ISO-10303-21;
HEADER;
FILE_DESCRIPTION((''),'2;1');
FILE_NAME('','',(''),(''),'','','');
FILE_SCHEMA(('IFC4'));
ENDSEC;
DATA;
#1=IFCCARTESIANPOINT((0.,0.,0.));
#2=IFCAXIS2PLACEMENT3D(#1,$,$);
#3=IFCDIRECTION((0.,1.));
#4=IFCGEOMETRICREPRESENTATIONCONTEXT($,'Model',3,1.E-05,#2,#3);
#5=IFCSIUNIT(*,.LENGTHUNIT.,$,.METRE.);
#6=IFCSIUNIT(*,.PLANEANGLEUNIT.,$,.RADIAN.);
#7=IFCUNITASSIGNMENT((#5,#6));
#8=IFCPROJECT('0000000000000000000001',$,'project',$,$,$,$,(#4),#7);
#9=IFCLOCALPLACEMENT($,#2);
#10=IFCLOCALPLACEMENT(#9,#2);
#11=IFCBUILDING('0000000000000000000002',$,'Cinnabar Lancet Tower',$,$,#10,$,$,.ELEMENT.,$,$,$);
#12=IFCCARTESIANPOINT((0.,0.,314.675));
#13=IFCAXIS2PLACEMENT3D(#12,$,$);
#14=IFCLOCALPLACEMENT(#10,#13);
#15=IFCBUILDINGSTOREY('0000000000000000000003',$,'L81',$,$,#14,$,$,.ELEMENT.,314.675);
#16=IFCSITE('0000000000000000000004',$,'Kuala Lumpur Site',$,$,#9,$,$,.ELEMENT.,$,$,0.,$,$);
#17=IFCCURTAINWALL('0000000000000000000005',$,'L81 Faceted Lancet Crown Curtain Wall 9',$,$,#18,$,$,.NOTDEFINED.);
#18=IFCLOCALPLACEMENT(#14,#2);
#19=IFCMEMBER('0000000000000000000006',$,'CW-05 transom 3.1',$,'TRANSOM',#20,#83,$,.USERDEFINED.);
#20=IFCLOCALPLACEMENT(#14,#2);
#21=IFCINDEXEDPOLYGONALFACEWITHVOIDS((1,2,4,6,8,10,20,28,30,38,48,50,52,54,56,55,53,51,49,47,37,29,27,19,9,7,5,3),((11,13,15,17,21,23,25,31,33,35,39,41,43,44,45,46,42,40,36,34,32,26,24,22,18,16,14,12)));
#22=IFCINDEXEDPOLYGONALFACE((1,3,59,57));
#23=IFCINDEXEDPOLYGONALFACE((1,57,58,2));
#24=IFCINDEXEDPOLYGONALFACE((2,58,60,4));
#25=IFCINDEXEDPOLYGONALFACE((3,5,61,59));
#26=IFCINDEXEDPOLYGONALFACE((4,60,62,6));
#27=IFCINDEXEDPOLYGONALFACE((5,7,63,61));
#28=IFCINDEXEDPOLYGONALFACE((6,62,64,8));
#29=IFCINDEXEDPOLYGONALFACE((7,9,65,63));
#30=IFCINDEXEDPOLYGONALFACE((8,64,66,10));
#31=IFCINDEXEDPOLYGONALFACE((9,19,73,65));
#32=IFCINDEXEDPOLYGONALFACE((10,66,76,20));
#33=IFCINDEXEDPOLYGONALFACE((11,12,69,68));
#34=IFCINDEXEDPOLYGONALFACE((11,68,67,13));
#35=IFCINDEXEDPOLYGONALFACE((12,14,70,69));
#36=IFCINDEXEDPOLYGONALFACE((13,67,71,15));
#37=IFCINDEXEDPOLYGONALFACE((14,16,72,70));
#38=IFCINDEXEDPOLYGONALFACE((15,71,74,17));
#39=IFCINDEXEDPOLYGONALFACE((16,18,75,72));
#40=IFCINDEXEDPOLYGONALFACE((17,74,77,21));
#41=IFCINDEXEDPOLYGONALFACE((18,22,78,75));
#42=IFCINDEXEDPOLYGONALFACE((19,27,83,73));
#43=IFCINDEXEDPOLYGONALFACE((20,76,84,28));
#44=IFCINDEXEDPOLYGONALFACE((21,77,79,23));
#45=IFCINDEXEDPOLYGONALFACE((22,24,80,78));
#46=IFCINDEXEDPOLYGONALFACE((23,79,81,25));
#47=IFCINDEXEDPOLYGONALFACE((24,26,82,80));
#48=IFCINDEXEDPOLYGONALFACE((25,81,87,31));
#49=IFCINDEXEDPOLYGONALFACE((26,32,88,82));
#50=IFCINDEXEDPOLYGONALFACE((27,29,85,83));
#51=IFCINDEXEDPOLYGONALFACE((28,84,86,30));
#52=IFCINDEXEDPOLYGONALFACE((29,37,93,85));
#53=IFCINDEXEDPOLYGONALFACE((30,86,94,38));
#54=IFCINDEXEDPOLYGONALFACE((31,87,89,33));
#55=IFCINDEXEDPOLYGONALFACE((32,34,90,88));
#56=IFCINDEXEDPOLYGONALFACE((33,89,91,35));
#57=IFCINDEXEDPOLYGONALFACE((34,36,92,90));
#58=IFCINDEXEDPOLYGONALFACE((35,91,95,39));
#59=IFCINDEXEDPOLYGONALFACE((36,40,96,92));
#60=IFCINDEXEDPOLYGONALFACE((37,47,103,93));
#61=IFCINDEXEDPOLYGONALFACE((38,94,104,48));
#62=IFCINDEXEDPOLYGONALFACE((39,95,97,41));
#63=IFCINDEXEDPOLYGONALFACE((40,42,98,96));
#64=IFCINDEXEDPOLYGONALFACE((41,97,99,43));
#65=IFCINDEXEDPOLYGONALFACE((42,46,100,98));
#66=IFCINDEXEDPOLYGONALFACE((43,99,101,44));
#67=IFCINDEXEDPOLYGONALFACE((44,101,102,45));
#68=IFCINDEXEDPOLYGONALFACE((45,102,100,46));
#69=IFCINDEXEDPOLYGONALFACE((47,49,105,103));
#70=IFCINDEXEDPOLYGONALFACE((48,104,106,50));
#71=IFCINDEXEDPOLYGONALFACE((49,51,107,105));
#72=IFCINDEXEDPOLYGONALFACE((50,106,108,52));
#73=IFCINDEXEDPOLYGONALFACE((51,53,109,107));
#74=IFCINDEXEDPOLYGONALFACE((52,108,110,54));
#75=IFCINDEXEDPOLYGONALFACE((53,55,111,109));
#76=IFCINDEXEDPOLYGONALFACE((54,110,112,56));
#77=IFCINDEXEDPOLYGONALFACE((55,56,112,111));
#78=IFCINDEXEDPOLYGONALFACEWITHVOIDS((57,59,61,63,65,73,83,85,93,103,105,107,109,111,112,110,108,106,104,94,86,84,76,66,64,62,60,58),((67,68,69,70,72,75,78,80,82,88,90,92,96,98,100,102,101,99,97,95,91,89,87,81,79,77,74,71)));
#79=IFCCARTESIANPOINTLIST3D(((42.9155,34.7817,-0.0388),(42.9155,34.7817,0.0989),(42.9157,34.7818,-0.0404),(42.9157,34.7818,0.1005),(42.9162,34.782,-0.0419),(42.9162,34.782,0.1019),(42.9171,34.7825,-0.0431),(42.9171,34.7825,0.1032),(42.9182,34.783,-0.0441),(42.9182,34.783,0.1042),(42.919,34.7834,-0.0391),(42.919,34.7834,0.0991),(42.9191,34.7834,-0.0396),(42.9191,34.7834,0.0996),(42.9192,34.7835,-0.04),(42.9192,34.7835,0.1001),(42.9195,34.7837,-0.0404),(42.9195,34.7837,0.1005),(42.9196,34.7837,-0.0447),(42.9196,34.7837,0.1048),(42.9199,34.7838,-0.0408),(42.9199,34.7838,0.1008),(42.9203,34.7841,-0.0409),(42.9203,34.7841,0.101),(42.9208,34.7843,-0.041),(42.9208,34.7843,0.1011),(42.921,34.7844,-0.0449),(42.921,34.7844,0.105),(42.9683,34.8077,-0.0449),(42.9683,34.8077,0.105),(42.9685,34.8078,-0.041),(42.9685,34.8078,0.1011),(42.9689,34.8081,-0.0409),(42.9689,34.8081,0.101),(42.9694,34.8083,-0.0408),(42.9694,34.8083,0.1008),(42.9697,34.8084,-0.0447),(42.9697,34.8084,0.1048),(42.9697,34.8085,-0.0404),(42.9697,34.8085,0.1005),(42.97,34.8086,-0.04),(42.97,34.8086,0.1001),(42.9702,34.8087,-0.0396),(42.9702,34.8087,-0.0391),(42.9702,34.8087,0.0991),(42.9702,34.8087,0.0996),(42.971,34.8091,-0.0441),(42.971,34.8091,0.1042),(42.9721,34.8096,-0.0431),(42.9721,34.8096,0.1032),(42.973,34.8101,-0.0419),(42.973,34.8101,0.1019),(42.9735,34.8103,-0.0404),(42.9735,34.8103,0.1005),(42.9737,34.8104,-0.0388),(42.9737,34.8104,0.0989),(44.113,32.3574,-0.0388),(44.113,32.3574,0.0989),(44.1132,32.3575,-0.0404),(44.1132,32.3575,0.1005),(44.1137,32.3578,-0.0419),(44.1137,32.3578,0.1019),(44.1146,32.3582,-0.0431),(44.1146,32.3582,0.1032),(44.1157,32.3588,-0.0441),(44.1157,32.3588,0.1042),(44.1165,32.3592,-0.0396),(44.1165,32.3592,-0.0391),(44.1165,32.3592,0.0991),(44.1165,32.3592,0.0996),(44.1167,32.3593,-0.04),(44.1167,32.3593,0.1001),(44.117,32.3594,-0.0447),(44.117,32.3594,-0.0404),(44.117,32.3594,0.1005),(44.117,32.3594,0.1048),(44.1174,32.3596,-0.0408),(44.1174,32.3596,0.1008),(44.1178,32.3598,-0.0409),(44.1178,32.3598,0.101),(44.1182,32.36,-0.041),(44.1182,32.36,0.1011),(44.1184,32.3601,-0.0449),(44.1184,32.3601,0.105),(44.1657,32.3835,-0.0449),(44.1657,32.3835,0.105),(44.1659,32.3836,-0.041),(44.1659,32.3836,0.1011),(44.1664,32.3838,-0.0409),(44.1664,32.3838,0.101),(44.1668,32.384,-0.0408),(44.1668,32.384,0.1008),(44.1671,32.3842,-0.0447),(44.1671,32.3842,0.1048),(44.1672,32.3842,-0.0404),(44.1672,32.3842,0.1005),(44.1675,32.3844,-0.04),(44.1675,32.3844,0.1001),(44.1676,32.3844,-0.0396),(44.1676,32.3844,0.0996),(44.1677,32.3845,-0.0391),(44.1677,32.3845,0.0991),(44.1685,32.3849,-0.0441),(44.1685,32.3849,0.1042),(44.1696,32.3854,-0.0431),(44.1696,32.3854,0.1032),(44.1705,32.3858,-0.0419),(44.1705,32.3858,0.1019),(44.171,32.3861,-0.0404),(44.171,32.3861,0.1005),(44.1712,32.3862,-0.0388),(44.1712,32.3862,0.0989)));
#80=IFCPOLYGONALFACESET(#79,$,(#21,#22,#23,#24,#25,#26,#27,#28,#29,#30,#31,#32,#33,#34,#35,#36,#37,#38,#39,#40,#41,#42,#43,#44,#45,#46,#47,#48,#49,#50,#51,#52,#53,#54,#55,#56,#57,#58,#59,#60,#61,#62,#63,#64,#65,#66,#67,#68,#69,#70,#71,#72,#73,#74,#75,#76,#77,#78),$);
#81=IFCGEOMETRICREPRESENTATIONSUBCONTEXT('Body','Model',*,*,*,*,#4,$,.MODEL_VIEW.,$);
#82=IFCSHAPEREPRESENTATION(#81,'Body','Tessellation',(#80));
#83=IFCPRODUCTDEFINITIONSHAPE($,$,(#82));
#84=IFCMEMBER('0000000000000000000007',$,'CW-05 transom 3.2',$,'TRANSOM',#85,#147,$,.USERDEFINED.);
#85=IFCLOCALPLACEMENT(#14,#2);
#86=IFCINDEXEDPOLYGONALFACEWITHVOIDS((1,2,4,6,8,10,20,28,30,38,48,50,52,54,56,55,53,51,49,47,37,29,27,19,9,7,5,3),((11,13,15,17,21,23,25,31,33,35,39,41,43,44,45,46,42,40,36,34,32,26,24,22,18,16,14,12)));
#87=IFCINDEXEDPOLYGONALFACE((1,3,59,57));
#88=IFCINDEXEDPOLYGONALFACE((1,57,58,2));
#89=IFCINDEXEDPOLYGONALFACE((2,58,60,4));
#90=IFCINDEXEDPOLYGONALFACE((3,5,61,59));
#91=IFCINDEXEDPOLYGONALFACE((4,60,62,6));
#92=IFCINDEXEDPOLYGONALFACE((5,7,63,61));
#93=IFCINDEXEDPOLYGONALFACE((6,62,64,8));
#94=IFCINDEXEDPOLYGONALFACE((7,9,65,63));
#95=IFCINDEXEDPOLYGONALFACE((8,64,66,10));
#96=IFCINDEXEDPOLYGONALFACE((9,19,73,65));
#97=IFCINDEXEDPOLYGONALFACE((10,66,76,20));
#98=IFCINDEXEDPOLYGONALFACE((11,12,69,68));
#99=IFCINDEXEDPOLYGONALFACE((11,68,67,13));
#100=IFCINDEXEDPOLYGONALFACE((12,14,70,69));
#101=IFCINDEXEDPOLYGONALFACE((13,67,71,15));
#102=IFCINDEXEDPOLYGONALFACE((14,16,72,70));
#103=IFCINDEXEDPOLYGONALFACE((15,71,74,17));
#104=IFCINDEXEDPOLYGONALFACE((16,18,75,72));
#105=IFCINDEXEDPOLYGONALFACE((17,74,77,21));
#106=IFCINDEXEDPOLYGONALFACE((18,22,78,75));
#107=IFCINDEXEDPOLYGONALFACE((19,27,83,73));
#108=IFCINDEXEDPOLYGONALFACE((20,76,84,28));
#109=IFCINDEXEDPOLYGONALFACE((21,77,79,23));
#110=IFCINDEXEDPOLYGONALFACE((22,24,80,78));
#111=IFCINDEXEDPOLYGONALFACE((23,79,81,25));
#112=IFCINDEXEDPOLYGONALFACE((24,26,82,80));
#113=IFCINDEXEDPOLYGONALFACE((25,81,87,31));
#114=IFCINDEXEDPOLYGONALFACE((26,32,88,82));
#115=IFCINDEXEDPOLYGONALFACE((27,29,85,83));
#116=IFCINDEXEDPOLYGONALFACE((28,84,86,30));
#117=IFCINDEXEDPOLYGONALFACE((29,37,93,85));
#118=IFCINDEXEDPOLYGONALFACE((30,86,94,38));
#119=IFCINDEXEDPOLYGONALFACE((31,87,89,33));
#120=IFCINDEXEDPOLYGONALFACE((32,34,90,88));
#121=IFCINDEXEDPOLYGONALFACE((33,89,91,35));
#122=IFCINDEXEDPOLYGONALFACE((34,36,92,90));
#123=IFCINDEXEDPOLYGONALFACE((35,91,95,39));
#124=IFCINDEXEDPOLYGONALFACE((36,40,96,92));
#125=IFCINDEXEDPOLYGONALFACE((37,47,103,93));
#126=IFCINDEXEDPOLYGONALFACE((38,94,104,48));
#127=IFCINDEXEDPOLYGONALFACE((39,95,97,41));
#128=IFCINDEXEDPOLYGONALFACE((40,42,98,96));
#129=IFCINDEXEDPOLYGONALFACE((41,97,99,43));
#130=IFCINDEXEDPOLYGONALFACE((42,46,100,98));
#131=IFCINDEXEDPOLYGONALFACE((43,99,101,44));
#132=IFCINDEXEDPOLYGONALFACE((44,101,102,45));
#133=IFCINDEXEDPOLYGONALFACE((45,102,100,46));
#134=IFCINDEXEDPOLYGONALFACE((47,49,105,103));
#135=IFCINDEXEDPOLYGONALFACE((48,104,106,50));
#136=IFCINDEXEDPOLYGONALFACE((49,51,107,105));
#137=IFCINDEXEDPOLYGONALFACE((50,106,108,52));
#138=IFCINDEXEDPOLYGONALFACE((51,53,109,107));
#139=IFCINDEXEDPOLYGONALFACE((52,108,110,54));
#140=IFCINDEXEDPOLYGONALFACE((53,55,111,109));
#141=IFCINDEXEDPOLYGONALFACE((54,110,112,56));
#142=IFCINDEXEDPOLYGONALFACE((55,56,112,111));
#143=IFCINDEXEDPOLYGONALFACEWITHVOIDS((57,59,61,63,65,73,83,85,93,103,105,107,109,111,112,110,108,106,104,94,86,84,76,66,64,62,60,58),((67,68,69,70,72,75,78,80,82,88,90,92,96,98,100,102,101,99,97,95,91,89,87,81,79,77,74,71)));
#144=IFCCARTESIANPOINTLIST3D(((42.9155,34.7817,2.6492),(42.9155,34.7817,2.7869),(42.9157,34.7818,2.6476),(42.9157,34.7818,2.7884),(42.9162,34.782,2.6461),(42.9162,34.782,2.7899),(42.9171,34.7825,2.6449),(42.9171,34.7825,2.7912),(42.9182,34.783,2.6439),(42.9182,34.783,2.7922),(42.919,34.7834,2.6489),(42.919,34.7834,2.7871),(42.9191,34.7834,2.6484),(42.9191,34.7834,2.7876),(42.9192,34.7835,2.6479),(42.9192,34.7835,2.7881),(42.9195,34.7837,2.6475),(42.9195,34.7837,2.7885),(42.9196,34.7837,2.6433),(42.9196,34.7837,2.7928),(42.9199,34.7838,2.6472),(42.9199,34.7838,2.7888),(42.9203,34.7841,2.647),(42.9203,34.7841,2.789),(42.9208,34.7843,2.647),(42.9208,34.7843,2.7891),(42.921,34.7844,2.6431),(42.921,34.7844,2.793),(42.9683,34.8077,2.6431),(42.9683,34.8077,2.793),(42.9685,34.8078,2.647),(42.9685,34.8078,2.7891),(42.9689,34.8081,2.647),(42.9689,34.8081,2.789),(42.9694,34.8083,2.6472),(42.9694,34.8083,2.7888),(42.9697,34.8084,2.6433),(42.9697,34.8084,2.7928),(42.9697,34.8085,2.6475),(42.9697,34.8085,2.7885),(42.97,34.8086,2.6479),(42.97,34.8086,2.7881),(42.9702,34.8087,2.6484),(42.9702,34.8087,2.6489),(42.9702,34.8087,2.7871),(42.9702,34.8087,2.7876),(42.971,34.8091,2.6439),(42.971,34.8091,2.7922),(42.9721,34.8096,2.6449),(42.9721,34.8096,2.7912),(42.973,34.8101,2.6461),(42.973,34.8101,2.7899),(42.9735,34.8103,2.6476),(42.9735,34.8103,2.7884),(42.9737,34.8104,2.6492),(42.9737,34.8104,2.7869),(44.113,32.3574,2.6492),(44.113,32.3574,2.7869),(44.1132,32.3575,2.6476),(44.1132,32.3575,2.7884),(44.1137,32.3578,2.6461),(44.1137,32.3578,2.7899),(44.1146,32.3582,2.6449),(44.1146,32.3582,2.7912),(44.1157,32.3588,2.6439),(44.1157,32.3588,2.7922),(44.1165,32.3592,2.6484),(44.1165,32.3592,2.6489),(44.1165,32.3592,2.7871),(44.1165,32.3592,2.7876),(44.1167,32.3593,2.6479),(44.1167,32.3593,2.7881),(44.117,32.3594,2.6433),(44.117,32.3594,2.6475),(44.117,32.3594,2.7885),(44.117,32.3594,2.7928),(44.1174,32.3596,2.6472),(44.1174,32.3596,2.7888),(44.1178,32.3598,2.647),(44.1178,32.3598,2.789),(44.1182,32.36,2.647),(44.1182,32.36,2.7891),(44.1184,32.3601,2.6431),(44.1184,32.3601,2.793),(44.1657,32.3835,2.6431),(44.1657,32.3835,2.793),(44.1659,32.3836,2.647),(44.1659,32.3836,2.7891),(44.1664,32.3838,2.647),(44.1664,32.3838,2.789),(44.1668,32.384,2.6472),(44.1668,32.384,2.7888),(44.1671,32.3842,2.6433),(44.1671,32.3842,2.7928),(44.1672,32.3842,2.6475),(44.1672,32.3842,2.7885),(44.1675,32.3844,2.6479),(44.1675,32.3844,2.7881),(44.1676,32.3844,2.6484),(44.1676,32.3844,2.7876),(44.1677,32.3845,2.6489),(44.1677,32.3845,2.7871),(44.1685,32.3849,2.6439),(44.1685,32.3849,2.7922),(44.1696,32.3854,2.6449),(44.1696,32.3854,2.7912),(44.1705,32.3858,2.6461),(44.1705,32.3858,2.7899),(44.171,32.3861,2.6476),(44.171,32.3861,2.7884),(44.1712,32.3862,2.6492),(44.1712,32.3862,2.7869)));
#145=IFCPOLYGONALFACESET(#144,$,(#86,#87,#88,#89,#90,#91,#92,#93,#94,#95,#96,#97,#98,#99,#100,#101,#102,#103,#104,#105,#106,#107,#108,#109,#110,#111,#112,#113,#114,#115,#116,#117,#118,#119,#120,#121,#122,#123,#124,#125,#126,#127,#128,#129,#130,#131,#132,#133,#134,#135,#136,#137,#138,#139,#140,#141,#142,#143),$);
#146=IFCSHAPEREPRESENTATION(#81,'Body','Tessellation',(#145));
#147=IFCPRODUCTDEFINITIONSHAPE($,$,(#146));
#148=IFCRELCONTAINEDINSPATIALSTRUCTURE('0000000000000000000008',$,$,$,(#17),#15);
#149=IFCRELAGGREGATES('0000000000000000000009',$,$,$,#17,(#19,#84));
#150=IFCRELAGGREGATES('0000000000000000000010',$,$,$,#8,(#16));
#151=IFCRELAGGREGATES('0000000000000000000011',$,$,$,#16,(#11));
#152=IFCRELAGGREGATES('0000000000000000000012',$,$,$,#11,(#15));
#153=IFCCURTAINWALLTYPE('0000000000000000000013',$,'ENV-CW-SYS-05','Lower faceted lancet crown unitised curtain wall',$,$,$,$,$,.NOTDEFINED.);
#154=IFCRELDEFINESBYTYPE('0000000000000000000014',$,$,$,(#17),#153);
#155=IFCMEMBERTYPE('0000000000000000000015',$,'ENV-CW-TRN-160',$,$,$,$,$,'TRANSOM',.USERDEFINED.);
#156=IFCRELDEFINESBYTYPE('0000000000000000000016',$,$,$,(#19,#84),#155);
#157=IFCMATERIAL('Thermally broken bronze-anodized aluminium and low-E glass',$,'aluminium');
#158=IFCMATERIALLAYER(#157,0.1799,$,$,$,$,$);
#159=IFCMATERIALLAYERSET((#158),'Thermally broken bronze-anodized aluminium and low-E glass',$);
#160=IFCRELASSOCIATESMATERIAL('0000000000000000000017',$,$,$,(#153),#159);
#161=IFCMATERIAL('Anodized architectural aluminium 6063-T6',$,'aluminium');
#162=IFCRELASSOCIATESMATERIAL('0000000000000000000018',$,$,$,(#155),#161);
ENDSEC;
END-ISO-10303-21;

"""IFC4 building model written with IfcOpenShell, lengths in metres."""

from ifc_helpers import new_model, si_unit, direction, frame, origin, origin_2d, place, context, subcontext, project, spatial, hollow_rectangle, extrude, material, layer, layer_set, material_profile, profile_set, type_object, element, aggregate, save


model = new_model("IFC4")

# Units and contexts
model_context = context("Model", 3, precision=1e-05, world=origin(), true_north=direction((0.0, 1.0)))
body_context = subcontext(model_context, "Body", "Model", "MODEL_VIEW")
ifc_project = project(units=[si_unit("LENGTHUNIT", "METRE"), si_unit("PLANEANGLEUNIT", "RADIAN")], contexts=[model_context])

# Site, building, storey
site_placement = place(None, origin())
site = spatial("IfcSite", under=ifc_project, at=site_placement, Name="Kuala Lumpur Site", CompositionType="ELEMENT", RefElevation=0.0)
building_placement = place(site_placement, origin())
building = spatial("IfcBuilding", under=site, at=building_placement, Name="Cinnabar Lancet Tower", CompositionType="ELEMENT")
storey_placement = place(building_placement, frame((0.0, 0.0, 314.675)))
storey = spatial("IfcBuildingStorey", under=building, at=storey_placement, Name="L81", CompositionType="ELEMENT", Elevation=314.675)

# Curtain wall
ifc_material_1 = material(Name="Thermally broken bronze-anodized aluminium and low-E glass", Category="aluminium")
ifc_layer_1 = layer(ifc_material_1, 0.1799)
ifc_layer_set_1 = layer_set([ifc_layer_1], Name="Thermally broken bronze-anodized aluminium and low-E glass")
curtain_wall_type = type_object("IfcCurtainWallType", Name="ENV-CW-SYS-05", Description="Lower faceted lancet crown unitised curtain wall", PredefinedType="NOTDEFINED", material=ifc_layer_set_1)
curtain_wall_1_placement = place(storey_placement, origin())
curtain_wall_1 = element("IfcCurtainWall", 1, at=curtain_wall_1_placement, inside=storey, type_object=curtain_wall_type, Name="L81 Faceted Lancet Crown Curtain Wall 9", PredefinedType="NOTDEFINED")

# Members
ifc_material_2 = material(Name="Anodized architectural aluminium 6063-T6", Category="aluminium")
ifc_material_profile_1 = material_profile(ifc_material_2, hollow_rectangle(XDim=0.0649, YDim=0.1499, WallThickness=0.0039, InnerFilletRadius=0.002, OuterFilletRadius=0.0061, at=origin_2d()), Name="CW-TRN 150x65x4")
ifc_profile_set_1 = profile_set([ifc_material_profile_1], Name="Anodized architectural aluminium 6063-T6")
member_type_1 = type_object("IfcMemberType", Name="ENV-CW-TRN-160", ElementType="TRANSOM", PredefinedType="USERDEFINED", material=ifc_profile_set_1)
member_1_placement = place(storey_placement, frame((44.1421, 32.3718, 0.03), z_axis=(-0.442874, 0.896584, 0.0), x_axis=(-0.896584, -0.442874, 0.0)))
member_1 = element("IfcMember", 2, at=member_1_placement, type_object=member_type_1, Name="CW-05 transom 3.1", ObjectType="TRANSOM", PredefinedType="USERDEFINED", context=body_context, shape_type="SweptSolid", body=[
    extrude(hollow_rectangle(XDim=0.0649, YDim=0.1499, WallThickness=0.0039, InnerFilletRadius=0.002, OuterFilletRadius=0.0061, at=origin_2d()), origin(), (0.0, 0.0, 1.0), 2.7039),
])
member_2_placement = place(storey_placement, frame((44.1421, 32.3718, 2.718), z_axis=(-0.442874, 0.896584, 0.0), x_axis=(-0.896584, -0.442874, 0.0)))
member_2 = element("IfcMember", 3, at=member_2_placement, type_object=member_type_1, Name="CW-05 transom 3.2", ObjectType="TRANSOM", PredefinedType="USERDEFINED", context=body_context, shape_type="SweptSolid", body=[
    extrude(hollow_rectangle(XDim=0.0649, YDim=0.1499, WallThickness=0.0039, InnerFilletRadius=0.002, OuterFilletRadius=0.0061, at=origin_2d()), origin(), (0.0, 0.0, 1.0), 2.7039),
])

aggregate(curtain_wall_1, [member_1, member_2])

save(model, "model.ifc")
